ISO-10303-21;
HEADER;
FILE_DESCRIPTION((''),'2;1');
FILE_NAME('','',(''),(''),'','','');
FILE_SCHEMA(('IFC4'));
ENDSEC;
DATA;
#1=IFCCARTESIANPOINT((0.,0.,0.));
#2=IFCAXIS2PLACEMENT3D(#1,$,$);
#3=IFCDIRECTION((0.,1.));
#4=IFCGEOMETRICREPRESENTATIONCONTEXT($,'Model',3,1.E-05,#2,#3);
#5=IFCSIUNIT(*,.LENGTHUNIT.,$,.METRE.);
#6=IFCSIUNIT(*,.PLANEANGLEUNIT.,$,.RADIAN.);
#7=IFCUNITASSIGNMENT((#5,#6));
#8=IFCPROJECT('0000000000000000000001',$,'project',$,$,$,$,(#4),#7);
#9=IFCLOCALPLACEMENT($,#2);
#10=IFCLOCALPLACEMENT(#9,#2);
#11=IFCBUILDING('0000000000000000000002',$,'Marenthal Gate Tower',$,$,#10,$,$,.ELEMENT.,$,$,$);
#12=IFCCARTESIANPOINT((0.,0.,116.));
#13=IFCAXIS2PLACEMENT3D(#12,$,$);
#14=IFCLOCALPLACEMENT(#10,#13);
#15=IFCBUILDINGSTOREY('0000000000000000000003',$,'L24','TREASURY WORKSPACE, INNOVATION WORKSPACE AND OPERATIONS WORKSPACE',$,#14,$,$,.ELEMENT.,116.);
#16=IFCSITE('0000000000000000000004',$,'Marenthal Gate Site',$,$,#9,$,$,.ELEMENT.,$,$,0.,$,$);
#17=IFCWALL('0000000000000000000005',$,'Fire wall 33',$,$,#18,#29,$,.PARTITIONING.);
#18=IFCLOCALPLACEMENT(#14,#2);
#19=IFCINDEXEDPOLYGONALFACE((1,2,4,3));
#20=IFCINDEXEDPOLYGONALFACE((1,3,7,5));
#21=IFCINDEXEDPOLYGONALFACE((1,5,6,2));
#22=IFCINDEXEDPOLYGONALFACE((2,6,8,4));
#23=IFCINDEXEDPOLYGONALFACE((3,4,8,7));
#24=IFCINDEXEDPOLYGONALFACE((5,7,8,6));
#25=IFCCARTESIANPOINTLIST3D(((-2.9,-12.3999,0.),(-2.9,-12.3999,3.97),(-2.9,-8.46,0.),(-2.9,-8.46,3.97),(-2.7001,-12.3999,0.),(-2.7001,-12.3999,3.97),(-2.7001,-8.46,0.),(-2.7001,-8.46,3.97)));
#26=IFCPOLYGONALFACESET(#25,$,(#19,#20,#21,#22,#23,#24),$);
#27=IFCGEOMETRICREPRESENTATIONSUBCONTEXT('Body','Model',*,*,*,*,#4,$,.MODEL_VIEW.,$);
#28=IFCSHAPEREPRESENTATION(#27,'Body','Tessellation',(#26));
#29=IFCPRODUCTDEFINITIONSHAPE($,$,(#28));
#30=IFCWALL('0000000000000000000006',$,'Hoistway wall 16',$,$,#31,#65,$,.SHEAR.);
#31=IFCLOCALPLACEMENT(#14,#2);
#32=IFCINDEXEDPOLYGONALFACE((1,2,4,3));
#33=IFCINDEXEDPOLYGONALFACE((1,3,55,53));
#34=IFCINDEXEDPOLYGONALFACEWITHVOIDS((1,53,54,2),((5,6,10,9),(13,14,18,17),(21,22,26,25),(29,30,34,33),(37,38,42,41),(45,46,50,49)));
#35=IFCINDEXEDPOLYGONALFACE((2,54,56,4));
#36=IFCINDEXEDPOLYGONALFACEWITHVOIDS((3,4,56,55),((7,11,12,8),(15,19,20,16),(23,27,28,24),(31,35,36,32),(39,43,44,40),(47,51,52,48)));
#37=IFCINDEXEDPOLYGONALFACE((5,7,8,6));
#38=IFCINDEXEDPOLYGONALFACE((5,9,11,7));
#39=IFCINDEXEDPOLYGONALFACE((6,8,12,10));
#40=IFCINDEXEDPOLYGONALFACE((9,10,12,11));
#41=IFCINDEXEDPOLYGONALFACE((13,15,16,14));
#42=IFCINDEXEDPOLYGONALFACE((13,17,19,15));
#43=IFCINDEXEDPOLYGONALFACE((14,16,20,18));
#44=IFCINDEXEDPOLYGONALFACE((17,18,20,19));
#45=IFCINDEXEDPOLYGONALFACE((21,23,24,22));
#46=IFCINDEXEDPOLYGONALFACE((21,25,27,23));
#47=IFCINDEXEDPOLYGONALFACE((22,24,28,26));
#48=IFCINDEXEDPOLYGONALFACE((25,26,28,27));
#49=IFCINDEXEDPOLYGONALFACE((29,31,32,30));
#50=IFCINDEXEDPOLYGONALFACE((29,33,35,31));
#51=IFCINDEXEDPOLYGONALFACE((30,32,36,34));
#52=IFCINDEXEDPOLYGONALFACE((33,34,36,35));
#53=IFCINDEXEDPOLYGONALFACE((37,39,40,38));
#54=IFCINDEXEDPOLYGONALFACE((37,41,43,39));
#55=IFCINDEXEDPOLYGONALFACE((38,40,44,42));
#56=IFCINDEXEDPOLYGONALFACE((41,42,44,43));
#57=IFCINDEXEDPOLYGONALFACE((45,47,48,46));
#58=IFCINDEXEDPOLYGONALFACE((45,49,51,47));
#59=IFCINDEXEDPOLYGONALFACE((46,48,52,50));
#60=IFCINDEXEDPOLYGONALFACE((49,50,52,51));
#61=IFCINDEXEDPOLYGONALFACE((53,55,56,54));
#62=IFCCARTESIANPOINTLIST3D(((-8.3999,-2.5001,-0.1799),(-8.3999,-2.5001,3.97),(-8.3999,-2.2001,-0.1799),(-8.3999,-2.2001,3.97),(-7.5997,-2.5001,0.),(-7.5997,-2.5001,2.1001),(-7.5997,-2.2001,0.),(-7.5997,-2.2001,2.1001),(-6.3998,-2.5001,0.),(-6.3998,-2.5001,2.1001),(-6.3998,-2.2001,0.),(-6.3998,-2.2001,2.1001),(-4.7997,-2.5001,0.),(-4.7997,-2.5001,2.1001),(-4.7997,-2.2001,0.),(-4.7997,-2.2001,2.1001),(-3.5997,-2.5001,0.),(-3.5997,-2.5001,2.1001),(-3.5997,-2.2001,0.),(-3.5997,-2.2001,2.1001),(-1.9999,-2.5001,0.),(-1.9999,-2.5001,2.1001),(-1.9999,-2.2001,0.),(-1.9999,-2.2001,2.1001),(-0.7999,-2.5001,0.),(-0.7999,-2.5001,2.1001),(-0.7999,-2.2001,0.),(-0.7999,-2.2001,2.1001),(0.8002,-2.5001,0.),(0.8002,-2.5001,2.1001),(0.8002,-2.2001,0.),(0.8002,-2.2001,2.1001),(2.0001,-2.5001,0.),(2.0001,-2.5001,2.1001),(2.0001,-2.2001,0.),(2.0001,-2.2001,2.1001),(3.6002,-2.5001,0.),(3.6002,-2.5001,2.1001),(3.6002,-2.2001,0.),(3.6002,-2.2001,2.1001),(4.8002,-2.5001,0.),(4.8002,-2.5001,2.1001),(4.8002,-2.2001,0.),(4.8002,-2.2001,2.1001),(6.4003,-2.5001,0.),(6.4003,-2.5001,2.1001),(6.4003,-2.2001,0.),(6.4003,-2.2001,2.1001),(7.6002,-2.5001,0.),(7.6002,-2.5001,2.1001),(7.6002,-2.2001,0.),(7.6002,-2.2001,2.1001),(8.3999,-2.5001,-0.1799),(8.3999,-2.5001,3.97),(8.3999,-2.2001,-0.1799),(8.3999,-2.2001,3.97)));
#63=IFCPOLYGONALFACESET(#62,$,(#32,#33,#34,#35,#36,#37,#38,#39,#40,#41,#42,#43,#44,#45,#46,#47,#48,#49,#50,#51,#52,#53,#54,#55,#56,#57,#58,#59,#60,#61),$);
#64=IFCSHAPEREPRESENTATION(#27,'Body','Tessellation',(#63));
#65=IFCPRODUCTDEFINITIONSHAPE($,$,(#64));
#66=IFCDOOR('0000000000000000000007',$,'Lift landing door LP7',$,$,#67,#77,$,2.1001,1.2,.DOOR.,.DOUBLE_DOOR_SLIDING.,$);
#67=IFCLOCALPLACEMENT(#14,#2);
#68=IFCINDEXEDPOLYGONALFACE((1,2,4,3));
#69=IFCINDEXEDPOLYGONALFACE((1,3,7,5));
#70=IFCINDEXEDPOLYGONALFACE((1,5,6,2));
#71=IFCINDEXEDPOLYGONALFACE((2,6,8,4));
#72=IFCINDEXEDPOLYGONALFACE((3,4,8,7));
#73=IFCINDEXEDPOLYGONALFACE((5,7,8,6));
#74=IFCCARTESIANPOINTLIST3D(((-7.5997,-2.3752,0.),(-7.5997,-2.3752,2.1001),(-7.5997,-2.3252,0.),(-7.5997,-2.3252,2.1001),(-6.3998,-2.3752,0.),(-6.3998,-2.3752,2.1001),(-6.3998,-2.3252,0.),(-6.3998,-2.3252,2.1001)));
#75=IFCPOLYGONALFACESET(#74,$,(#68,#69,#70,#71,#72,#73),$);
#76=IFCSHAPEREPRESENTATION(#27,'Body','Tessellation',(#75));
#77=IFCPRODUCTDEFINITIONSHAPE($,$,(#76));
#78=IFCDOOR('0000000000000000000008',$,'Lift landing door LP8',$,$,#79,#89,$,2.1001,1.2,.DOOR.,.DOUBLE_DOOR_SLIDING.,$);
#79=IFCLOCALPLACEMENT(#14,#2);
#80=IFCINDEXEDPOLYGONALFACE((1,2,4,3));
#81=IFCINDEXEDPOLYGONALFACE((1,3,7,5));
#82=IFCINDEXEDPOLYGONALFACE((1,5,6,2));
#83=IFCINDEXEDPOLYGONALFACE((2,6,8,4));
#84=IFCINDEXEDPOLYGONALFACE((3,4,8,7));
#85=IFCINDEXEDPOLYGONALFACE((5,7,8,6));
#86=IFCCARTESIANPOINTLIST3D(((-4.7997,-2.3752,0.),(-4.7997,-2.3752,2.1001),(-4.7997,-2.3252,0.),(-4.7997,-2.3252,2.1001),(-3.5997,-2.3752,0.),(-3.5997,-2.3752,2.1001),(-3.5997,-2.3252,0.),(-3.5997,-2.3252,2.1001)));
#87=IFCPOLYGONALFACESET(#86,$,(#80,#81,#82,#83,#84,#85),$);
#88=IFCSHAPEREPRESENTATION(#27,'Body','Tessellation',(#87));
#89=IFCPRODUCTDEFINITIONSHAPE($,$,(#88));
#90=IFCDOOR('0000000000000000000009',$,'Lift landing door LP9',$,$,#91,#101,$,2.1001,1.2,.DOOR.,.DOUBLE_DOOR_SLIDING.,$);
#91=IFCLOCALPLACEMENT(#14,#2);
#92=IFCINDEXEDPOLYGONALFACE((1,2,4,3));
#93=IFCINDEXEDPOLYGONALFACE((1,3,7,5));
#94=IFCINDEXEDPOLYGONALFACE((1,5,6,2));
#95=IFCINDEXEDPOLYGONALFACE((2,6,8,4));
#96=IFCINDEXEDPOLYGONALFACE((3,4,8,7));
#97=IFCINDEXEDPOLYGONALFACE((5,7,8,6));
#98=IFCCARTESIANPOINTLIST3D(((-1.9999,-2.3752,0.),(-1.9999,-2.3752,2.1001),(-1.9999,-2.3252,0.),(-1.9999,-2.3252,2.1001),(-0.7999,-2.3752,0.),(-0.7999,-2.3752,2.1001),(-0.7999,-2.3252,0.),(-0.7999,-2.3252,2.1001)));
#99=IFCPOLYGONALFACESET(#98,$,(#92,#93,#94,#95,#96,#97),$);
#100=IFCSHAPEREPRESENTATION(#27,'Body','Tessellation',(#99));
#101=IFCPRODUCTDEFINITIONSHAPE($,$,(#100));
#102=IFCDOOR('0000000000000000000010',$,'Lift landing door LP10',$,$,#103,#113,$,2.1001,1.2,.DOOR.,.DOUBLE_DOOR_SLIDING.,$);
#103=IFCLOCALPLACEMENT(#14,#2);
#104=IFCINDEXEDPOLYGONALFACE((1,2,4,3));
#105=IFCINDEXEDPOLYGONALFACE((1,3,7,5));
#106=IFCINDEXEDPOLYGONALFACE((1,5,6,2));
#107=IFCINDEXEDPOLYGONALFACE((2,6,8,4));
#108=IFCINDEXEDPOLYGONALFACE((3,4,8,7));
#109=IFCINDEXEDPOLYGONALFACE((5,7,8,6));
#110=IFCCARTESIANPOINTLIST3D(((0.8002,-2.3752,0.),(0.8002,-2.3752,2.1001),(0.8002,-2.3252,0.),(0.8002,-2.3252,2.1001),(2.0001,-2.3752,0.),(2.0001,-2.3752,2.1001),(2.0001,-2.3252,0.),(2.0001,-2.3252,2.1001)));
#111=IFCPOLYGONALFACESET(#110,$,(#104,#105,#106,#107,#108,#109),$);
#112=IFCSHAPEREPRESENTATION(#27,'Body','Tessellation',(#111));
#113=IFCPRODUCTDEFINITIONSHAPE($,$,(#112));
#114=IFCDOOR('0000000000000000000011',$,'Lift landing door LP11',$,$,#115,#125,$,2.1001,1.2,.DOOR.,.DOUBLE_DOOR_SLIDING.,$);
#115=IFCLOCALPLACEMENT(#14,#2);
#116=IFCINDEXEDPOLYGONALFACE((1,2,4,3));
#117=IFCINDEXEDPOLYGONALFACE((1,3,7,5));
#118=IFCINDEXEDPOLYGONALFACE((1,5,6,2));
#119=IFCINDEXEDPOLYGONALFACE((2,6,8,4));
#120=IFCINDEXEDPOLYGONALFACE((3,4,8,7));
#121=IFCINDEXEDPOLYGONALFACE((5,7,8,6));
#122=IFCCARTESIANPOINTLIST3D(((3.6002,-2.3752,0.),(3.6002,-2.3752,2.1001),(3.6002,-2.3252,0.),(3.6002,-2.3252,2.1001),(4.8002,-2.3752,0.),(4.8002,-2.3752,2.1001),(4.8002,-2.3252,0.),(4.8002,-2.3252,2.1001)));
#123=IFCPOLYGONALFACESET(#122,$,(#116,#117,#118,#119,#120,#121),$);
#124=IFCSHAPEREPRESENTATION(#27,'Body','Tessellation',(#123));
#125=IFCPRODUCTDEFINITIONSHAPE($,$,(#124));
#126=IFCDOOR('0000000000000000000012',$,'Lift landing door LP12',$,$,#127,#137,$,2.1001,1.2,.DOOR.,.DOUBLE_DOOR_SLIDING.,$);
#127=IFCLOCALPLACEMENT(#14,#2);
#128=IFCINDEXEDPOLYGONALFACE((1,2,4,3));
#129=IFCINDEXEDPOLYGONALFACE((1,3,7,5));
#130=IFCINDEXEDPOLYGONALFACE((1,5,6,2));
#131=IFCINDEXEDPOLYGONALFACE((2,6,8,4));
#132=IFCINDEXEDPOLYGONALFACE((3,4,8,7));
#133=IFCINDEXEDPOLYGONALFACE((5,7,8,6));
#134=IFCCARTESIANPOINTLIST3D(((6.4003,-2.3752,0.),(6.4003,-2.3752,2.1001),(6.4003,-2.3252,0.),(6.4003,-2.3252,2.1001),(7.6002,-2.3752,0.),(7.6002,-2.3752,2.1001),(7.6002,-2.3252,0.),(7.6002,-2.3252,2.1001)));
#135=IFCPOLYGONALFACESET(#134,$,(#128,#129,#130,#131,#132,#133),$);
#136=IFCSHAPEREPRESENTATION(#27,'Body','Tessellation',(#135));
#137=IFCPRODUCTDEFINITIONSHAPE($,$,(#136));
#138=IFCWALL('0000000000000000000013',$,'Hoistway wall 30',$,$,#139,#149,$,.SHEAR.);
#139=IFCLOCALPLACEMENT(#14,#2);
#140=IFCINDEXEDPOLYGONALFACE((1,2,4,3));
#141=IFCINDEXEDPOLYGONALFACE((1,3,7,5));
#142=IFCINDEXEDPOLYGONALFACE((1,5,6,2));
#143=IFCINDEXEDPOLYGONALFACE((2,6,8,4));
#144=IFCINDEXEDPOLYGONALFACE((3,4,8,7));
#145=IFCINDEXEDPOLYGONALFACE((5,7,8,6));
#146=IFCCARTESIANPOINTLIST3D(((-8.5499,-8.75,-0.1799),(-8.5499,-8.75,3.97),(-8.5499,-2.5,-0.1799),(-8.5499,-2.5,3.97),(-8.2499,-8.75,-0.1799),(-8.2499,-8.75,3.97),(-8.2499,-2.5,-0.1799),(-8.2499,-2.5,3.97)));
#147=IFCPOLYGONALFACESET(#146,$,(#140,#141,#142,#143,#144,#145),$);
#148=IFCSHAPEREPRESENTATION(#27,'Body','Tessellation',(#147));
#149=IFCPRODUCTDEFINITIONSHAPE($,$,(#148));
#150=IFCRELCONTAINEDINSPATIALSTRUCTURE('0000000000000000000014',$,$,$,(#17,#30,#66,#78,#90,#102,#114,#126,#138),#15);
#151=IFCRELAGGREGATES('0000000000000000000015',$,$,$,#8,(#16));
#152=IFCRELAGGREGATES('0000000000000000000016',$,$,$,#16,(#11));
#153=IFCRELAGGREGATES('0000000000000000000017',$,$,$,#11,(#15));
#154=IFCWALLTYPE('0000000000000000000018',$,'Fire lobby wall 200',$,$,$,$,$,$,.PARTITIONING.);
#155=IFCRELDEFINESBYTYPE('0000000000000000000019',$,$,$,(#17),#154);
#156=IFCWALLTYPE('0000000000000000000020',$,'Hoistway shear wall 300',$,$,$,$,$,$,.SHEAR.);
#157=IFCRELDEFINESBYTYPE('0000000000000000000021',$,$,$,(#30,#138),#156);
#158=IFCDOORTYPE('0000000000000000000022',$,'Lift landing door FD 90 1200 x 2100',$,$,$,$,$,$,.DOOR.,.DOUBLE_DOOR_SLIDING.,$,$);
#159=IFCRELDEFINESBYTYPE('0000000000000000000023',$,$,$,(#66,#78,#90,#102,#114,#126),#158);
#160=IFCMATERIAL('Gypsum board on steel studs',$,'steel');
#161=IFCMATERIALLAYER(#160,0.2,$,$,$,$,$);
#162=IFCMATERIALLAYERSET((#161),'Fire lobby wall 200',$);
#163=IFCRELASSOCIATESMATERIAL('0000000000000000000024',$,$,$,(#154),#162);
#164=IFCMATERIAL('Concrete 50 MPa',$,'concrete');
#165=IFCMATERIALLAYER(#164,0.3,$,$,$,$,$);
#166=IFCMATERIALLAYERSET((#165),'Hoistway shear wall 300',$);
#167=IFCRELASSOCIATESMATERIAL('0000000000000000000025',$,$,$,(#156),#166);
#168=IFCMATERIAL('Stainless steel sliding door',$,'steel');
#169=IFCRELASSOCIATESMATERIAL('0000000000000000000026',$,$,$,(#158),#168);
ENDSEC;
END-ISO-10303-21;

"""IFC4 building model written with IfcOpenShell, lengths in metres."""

from ifc_helpers import new_model, si_unit, direction, frame, frame_2d, origin, place, context, subcontext, project, spatial, rectangle, extrude, material, layer, layer_set, type_object, element, fill, save


model = new_model("IFC4")

# Units and contexts
model_context = context("Model", 3, precision=1e-05, world=origin(), true_north=direction((0.0, 1.0)))
body_context = subcontext(model_context, "Body", "Model", "MODEL_VIEW")
ifc_project = project(units=[si_unit("LENGTHUNIT", "METRE"), si_unit("PLANEANGLEUNIT", "RADIAN")], contexts=[model_context])

# Site, building, storey
site_placement = place(None, origin())
site = spatial("IfcSite", under=ifc_project, at=site_placement, Name="Marenthal Gate Site", CompositionType="ELEMENT", RefElevation=0.0)
building_placement = place(site_placement, origin())
building = spatial("IfcBuilding", under=site, at=building_placement, Name="Marenthal Gate Tower", CompositionType="ELEMENT")
storey_placement = place(building_placement, frame((0.0, 0.0, 116.0)))
storey = spatial("IfcBuildingStorey", under=building, at=storey_placement, Name="L24", Description="TREASURY WORKSPACE, INNOVATION WORKSPACE AND OPERATIONS WORKSPACE", CompositionType="ELEMENT", Elevation=116.0)

# Wall
ifc_material_1 = material(Name="Gypsum board on steel studs", Category="steel")
ifc_layer_1 = layer(ifc_material_1, 0.2)
ifc_layer_set_1 = layer_set([ifc_layer_1], Name="Fire lobby wall 200")
wall_type_1 = type_object("IfcWallType", Name="Fire lobby wall 200", PredefinedType="PARTITIONING", material=ifc_layer_set_1)
wall_1_placement = place(storey_placement, frame((-2.8, -12.3999, 0.0), z_axis=(0.0, 0.0, 1.0), x_axis=(0.0, 1.0, 0.0)))
element("IfcWall", 1, at=wall_1_placement, inside=storey, type_object=wall_type_1, Name="Fire wall 33", PredefinedType="PARTITIONING", context=body_context, shape_type="SweptSolid", body=[
    extrude(rectangle(XDim=3.9399, YDim=0.2, at=frame_2d((1.97, 0.0))), origin(), (0.0, 0.0, 1.0), 3.97),
])

# Wall, openings, doors
ifc_material_2 = material(Name="Concrete 50 MPa", Category="concrete")
ifc_layer_2 = layer(ifc_material_2, 0.3)
ifc_layer_set_2 = layer_set([ifc_layer_2], Name="Hoistway shear wall 300")
wall_type_2 = type_object("IfcWallType", Name="Hoistway shear wall 300", PredefinedType="SHEAR", material=ifc_layer_set_2)
wall_2_placement = place(storey_placement, frame((-8.3999, -2.3501, -0.1799), z_axis=(0.0, 0.0, 1.0), x_axis=(1.0, 0.0, 0.0)))
wall_2 = element("IfcWall", 2, at=wall_2_placement, inside=storey, type_object=wall_type_2, Name="Hoistway wall 16", PredefinedType="SHEAR", context=body_context, shape_type="SweptSolid", body=[
    extrude(rectangle(XDim=16.7998, YDim=0.3, at=frame_2d((8.3999, 0.0))), origin(), (0.0, 0.0, 1.0), 4.1499),
])
opening_1_placement = place(wall_2_placement, frame((0.8, 0.0, 0.1799)))
opening_1 = element("IfcOpeningElement", 3, at=opening_1_placement, cuts=wall_2, PredefinedType="OPENING", context=body_context, shape_type="SweptSolid", body=[
    extrude(rectangle(XDim=1.2, YDim=2.1001, at=frame_2d((0.6001, 1.05))), frame((0.0, 0.1602, 0.0), z_axis=(0.0, -1.0, 0.0), x_axis=(1.0, 0.0, 0.0)), (0.0, 0.0, 1.0), 0.3201),
])
opening_2_placement = place(wall_2_placement, frame((3.6001, 0.0, 0.1799)))
opening_2 = element("IfcOpeningElement", 4, at=opening_2_placement, cuts=wall_2, PredefinedType="OPENING", context=body_context, shape_type="SweptSolid", body=[
    extrude(rectangle(XDim=1.2, YDim=2.1001, at=frame_2d((0.6001, 1.05))), frame((0.0, 0.1602, 0.0), z_axis=(0.0, -1.0, 0.0), x_axis=(1.0, 0.0, 0.0)), (0.0, 0.0, 1.0), 0.3201),
])
opening_3_placement = place(wall_2_placement, frame((6.3999, 0.0, 0.1799)))
opening_3 = element("IfcOpeningElement", 5, at=opening_3_placement, cuts=wall_2, PredefinedType="OPENING", context=body_context, shape_type="SweptSolid", body=[
    extrude(rectangle(XDim=1.2, YDim=2.1001, at=frame_2d((0.6001, 1.05))), frame((0.0, 0.1602, 0.0), z_axis=(0.0, -1.0, 0.0), x_axis=(1.0, 0.0, 0.0)), (0.0, 0.0, 1.0), 0.3201),
])
opening_4_placement = place(wall_2_placement, frame((9.2, 0.0, 0.1799)))
opening_4 = element("IfcOpeningElement", 6, at=opening_4_placement, cuts=wall_2, PredefinedType="OPENING", context=body_context, shape_type="SweptSolid", body=[
    extrude(rectangle(XDim=1.2, YDim=2.1001, at=frame_2d((0.6001, 1.05))), frame((0.0, 0.1602, 0.0), z_axis=(0.0, -1.0, 0.0), x_axis=(1.0, 0.0, 0.0)), (0.0, 0.0, 1.0), 0.3201),
])
opening_5_placement = place(wall_2_placement, frame((12.0, 0.0, 0.1799)))
opening_5 = element("IfcOpeningElement", 7, at=opening_5_placement, cuts=wall_2, PredefinedType="OPENING", context=body_context, shape_type="SweptSolid", body=[
    extrude(rectangle(XDim=1.2, YDim=2.1001, at=frame_2d((0.6001, 1.05))), frame((0.0, 0.1602, 0.0), z_axis=(0.0, -1.0, 0.0), x_axis=(1.0, 0.0, 0.0)), (0.0, 0.0, 1.0), 0.3201),
])
opening_6_placement = place(wall_2_placement, frame((14.8, 0.0, 0.1799)))
opening_6 = element("IfcOpeningElement", 8, at=opening_6_placement, cuts=wall_2, PredefinedType="OPENING", context=body_context, shape_type="SweptSolid", body=[
    extrude(rectangle(XDim=1.2, YDim=2.1001, at=frame_2d((0.6001, 1.05))), frame((0.0, 0.1602, 0.0), z_axis=(0.0, -1.0, 0.0), x_axis=(1.0, 0.0, 0.0)), (0.0, 0.0, 1.0), 0.3201),
])
ifc_material_3 = material(Name="Stainless steel sliding door", Category="steel")
door_type_1 = type_object("IfcDoorType", Name="Lift landing door FD 90 1200 x 2100", OperationType="DOUBLE_DOOR_SLIDING", PredefinedType="DOOR", material=ifc_material_3)
door_1_placement = place(opening_1_placement, origin())
door_1 = element("IfcDoor", 9, at=door_1_placement, inside=storey, type_object=door_type_1, Name="Lift landing door LP7", OperationType="DOUBLE_DOOR_SLIDING", OverallHeight=2.1001, OverallWidth=1.2, PredefinedType="DOOR", context=body_context, shape_type="SweptSolid", body=[
    extrude(rectangle(XDim=1.2, YDim=2.1001, at=frame_2d((0.6001, 1.05))), frame((0.0, 0.0249, 0.0), z_axis=(0.0, -1.0, 0.0), x_axis=(1.0, 0.0, 0.0)), (0.0, 0.0, 1.0), 0.05),
])
fill(opening_1, door_1)
door_2_placement = place(opening_2_placement, origin())
door_2 = element("IfcDoor", 10, at=door_2_placement, inside=storey, type_object=door_type_1, Name="Lift landing door LP8", OperationType="DOUBLE_DOOR_SLIDING", OverallHeight=2.1001, OverallWidth=1.2, PredefinedType="DOOR", context=body_context, shape_type="SweptSolid", body=[
    extrude(rectangle(XDim=1.2, YDim=2.1001, at=frame_2d((0.6001, 1.05))), frame((0.0, 0.0249, 0.0), z_axis=(0.0, -1.0, 0.0), x_axis=(1.0, 0.0, 0.0)), (0.0, 0.0, 1.0), 0.05),
])
fill(opening_2, door_2)
door_3_placement = place(opening_3_placement, origin())
door_3 = element("IfcDoor", 11, at=door_3_placement, inside=storey, type_object=door_type_1, Name="Lift landing door LP9", OperationType="DOUBLE_DOOR_SLIDING", OverallHeight=2.1001, OverallWidth=1.2, PredefinedType="DOOR", context=body_context, shape_type="SweptSolid", body=[
    extrude(rectangle(XDim=1.2, YDim=2.1001, at=frame_2d((0.6001, 1.05))), frame((0.0, 0.0249, 0.0), z_axis=(0.0, -1.0, 0.0), x_axis=(1.0, 0.0, 0.0)), (0.0, 0.0, 1.0), 0.05),
])
fill(opening_3, door_3)
door_4_placement = place(opening_4_placement, origin())
door_4 = element("IfcDoor", 12, at=door_4_placement, inside=storey, type_object=door_type_1, Name="Lift landing door LP10", OperationType="DOUBLE_DOOR_SLIDING", OverallHeight=2.1001, OverallWidth=1.2, PredefinedType="DOOR", context=body_context, shape_type="SweptSolid", body=[
    extrude(rectangle(XDim=1.2, YDim=2.1001, at=frame_2d((0.6001, 1.05))), frame((0.0, 0.0249, 0.0), z_axis=(0.0, -1.0, 0.0), x_axis=(1.0, 0.0, 0.0)), (0.0, 0.0, 1.0), 0.05),
])
fill(opening_4, door_4)
door_5_placement = place(opening_5_placement, origin())
door_5 = element("IfcDoor", 13, at=door_5_placement, inside=storey, type_object=door_type_1, Name="Lift landing door LP11", OperationType="DOUBLE_DOOR_SLIDING", OverallHeight=2.1001, OverallWidth=1.2, PredefinedType="DOOR", context=body_context, shape_type="SweptSolid", body=[
    extrude(rectangle(XDim=1.2, YDim=2.1001, at=frame_2d((0.6001, 1.05))), frame((0.0, 0.0249, 0.0), z_axis=(0.0, -1.0, 0.0), x_axis=(1.0, 0.0, 0.0)), (0.0, 0.0, 1.0), 0.05),
])
fill(opening_5, door_5)
door_6_placement = place(opening_6_placement, origin())
door_6 = element("IfcDoor", 14, at=door_6_placement, inside=storey, type_object=door_type_1, Name="Lift landing door LP12", OperationType="DOUBLE_DOOR_SLIDING", OverallHeight=2.1001, OverallWidth=1.2, PredefinedType="DOOR", context=body_context, shape_type="SweptSolid", body=[
    extrude(rectangle(XDim=1.2, YDim=2.1001, at=frame_2d((0.6001, 1.05))), frame((0.0, 0.0249, 0.0), z_axis=(0.0, -1.0, 0.0), x_axis=(1.0, 0.0, 0.0)), (0.0, 0.0, 1.0), 0.05),
])
fill(opening_6, door_6)

# Wall
wall_3_placement = place(storey_placement, frame((-8.3999, -8.75, -0.1799), z_axis=(0.0, 0.0, 1.0), x_axis=(0.0, 1.0, 0.0)))
element("IfcWall", 15, at=wall_3_placement, inside=storey, type_object=wall_type_2, Name="Hoistway wall 30", PredefinedType="SHEAR", context=body_context, shape_type="SweptSolid", body=[
    extrude(rectangle(XDim=6.25, YDim=0.3, at=frame_2d((3.125, 0.0))), origin(), (0.0, 0.0, 1.0), 4.1499),
])

save(model, "model.ifc")
